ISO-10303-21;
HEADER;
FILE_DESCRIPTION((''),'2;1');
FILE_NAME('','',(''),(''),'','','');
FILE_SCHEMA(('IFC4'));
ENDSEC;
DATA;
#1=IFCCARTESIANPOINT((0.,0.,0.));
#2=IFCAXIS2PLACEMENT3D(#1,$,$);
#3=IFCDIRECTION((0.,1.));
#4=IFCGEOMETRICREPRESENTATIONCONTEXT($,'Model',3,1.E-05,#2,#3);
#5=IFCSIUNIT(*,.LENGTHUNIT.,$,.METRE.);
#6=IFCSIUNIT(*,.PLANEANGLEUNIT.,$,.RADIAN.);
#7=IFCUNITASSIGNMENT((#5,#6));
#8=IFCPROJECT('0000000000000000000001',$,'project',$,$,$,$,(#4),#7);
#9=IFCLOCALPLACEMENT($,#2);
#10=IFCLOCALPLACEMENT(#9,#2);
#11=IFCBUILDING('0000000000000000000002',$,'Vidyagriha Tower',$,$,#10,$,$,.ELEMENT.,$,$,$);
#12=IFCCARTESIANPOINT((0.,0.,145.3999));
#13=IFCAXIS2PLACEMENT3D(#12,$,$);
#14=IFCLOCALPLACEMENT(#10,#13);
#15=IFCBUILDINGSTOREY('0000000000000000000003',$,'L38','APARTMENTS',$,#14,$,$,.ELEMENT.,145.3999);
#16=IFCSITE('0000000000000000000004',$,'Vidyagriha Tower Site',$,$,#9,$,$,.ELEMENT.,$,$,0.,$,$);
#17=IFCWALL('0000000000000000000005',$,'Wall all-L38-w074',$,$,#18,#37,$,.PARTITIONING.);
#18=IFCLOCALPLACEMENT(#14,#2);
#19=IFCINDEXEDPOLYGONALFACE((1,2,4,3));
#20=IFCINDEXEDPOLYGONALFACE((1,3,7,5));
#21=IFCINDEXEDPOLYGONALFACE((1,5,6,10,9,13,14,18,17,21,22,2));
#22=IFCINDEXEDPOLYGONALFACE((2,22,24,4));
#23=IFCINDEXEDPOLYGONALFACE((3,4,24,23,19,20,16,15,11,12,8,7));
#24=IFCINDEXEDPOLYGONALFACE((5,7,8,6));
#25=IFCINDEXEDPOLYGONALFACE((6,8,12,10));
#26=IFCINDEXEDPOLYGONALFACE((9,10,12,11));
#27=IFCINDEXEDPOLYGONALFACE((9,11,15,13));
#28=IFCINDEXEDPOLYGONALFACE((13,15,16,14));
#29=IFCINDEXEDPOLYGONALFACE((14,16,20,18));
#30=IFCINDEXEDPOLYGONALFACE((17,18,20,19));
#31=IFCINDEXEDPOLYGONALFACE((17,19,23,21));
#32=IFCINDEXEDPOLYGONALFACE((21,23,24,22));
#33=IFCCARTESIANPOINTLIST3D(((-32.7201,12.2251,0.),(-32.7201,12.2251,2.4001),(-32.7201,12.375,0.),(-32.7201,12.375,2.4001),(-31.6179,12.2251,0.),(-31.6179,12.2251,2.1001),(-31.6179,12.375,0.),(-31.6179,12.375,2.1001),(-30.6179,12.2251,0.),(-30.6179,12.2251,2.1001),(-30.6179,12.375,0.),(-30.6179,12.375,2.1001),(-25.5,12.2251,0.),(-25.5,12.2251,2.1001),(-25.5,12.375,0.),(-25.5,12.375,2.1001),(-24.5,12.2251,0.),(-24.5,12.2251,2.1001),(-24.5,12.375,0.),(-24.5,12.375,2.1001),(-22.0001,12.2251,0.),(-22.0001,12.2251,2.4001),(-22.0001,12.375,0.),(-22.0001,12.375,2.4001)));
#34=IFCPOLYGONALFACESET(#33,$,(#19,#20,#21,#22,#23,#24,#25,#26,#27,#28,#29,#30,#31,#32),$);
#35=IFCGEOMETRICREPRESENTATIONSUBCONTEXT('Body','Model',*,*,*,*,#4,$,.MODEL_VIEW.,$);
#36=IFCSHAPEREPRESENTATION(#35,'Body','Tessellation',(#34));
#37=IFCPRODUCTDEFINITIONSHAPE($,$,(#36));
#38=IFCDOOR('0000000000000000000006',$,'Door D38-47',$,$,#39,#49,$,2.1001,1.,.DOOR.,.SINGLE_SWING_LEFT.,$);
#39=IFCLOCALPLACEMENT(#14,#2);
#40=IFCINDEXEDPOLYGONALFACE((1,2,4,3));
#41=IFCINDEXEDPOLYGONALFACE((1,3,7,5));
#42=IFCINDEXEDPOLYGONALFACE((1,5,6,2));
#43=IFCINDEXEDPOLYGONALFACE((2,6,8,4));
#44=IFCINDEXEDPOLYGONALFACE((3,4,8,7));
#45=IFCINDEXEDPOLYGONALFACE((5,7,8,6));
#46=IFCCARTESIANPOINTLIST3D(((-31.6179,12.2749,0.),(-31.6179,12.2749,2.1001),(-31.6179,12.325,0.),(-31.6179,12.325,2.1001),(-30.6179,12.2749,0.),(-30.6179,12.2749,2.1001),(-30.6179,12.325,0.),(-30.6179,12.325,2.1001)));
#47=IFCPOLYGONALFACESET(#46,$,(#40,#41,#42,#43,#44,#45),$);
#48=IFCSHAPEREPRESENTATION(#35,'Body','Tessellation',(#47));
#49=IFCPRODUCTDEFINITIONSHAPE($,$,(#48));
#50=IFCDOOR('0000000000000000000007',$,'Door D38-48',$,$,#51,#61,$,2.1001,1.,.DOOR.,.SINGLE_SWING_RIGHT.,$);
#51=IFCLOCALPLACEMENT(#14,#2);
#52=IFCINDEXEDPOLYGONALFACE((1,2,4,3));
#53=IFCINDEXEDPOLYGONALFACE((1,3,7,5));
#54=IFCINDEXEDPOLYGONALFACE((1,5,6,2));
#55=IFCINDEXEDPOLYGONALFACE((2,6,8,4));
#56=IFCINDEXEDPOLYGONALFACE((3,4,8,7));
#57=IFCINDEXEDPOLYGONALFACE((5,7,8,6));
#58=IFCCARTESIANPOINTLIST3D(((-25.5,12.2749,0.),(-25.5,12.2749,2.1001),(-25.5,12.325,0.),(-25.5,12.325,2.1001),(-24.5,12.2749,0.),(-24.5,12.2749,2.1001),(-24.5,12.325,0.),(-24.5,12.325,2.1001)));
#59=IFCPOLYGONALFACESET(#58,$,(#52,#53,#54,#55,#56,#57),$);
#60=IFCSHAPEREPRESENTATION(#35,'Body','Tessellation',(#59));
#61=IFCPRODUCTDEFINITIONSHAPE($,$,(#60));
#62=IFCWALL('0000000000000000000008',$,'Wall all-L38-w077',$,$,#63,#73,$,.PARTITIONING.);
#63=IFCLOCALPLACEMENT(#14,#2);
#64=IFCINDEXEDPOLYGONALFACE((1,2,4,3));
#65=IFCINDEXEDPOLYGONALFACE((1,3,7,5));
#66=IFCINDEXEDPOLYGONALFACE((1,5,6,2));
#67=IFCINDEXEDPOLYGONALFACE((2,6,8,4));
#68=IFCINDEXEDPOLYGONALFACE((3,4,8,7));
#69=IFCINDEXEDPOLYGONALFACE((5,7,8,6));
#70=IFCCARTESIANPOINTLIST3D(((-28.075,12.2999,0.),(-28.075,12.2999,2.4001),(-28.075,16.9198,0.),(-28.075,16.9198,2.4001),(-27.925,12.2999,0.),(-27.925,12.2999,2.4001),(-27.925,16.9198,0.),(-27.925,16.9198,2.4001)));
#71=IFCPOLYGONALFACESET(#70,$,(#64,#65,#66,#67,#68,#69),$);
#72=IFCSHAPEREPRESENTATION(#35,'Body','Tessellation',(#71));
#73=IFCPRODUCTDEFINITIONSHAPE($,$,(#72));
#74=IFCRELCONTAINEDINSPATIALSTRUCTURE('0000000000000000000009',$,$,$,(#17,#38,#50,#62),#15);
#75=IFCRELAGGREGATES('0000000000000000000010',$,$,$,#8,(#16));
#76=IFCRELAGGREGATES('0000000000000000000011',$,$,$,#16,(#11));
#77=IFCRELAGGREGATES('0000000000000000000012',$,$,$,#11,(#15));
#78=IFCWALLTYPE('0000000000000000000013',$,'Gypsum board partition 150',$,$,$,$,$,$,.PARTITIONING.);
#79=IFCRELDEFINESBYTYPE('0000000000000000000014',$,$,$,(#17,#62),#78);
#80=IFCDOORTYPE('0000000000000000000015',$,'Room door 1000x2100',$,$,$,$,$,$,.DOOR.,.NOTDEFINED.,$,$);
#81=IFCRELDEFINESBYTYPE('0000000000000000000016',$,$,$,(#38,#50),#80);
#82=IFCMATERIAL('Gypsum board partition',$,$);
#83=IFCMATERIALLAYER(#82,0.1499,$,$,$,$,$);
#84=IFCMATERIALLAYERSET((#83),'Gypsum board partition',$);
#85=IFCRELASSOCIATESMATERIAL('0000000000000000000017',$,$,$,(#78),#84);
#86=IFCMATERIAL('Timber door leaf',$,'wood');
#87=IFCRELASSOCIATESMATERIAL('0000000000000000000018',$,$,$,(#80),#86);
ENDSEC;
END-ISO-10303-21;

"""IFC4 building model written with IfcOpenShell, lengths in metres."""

from ifc_helpers import new_model, si_unit, direction, frame, frame_2d, origin, place, context, subcontext, project, spatial, rectangle, extrude, material, layer, layer_set, type_object, element, fill, save


model = new_model("IFC4")

# Units and contexts
model_context = context("Model", 3, precision=1e-05, world=origin(), true_north=direction((0.0, 1.0)))
body_context = subcontext(model_context, "Body", "Model", "MODEL_VIEW")
ifc_project = project(units=[si_unit("LENGTHUNIT", "METRE"), si_unit("PLANEANGLEUNIT", "RADIAN")], contexts=[model_context])

# Site, building, storey
site_placement = place(None, origin())
site = spatial("IfcSite", under=ifc_project, at=site_placement, Name="Vidyagriha Tower Site", CompositionType="ELEMENT", RefElevation=0.0)
building_placement = place(site_placement, origin())
building = spatial("IfcBuilding", under=site, at=building_placement, Name="Vidyagriha Tower", CompositionType="ELEMENT")
storey_placement = place(building_placement, frame((0.0, 0.0, 145.3999)))
storey = spatial("IfcBuildingStorey", under=building, at=storey_placement, Name="L38", Description="APARTMENTS", CompositionType="ELEMENT", Elevation=145.3999)

# Wall, openings, doors
ifc_material_1 = material(Name="Gypsum board partition")
ifc_layer_1 = layer(ifc_material_1, 0.1499)
ifc_layer_set_1 = layer_set([ifc_layer_1], Name="Gypsum board partition")
wall_type_1 = type_object("IfcWallType", Name="Gypsum board partition 150", PredefinedType="PARTITIONING", material=ifc_layer_set_1)
wall_1_placement = place(storey_placement, frame((-32.72, 12.3, 0.0)))
wall_1 = element("IfcWall", 1, at=wall_1_placement, inside=storey, type_object=wall_type_1, Name="Wall all-L38-w074", PredefinedType="PARTITIONING", context=body_context, shape_type="SweptSolid", body=[
    extrude(rectangle(XDim=10.72, YDim=0.1499, at=frame_2d((5.3599, 0.0))), origin(), (0.0, 0.0, 1.0), 2.4001),
])
opening_1_placement = place(wall_1_placement, frame((1.1021, 0.0, 0.0)))
opening_1 = element("IfcOpeningElement", 2, at=opening_1_placement, cuts=wall_1, PredefinedType="OPENING", context=body_context, shape_type="SweptSolid", body=[
    extrude(rectangle(XDim=1.0, YDim=2.1001, at=frame_2d((0.5, 1.05))), frame((0.0, 0.085, 0.0), z_axis=(0.0, -1.0, 0.0), x_axis=(1.0, 0.0, 0.0)), (0.0, 0.0, 1.0), 0.1699),
])
opening_2_placement = place(wall_1_placement, frame((7.22, 0.0, 0.0)))
opening_2 = element("IfcOpeningElement", 3, at=opening_2_placement, cuts=wall_1, PredefinedType="OPENING", context=body_context, shape_type="SweptSolid", body=[
    extrude(rectangle(XDim=1.0, YDim=2.1001, at=frame_2d((0.5, 1.05))), frame((0.0, 0.085, 0.0), z_axis=(0.0, -1.0, 0.0), x_axis=(1.0, 0.0, 0.0)), (0.0, 0.0, 1.0), 0.1699),
])
ifc_material_2 = material(Name="Timber door leaf", Category="wood")
door_type = type_object("IfcDoorType", Name="Room door 1000x2100", OperationType="NOTDEFINED", PredefinedType="DOOR", material=ifc_material_2)
door_1_placement = place(opening_1_placement, origin())
door_1 = element("IfcDoor", 4, at=door_1_placement, inside=storey, type_object=door_type, Name="Door D38-47", OperationType="SINGLE_SWING_LEFT", OverallHeight=2.1001, OverallWidth=1.0, PredefinedType="DOOR", context=body_context, shape_type="SweptSolid", body=[
    extrude(rectangle(XDim=1.0, YDim=2.1001, at=frame_2d((0.5, 1.05))), frame((0.0, 0.0249, 0.0), z_axis=(0.0, -1.0, 0.0), x_axis=(1.0, 0.0, 0.0)), (0.0, 0.0, 1.0), 0.05),
])
fill(opening_1, door_1)
door_2_placement = place(opening_2_placement, origin())
door_2 = element("IfcDoor", 5, at=door_2_placement, inside=storey, type_object=door_type, Name="Door D38-48", OperationType="SINGLE_SWING_RIGHT", OverallHeight=2.1001, OverallWidth=1.0, PredefinedType="DOOR", context=body_context, shape_type="SweptSolid", body=[
    extrude(rectangle(XDim=1.0, YDim=2.1001, at=frame_2d((0.5, 1.05))), frame((0.0, 0.0249, 0.0), z_axis=(0.0, -1.0, 0.0), x_axis=(1.0, 0.0, 0.0)), (0.0, 0.0, 1.0), 0.05),
])
fill(opening_2, door_2)

# Wall
wall_2_placement = place(storey_placement, frame((-28.0, 16.9199, 0.0), z_axis=(0.0, 0.0, 1.0), x_axis=(0.0, -1.0, 0.0)))
element("IfcWall", 6, at=wall_2_placement, inside=storey, type_object=wall_type_1, Name="Wall all-L38-w077", PredefinedType="PARTITIONING", context=body_context, shape_type="SweptSolid", body=[
    extrude(rectangle(XDim=4.6199, YDim=0.1499, at=frame_2d((2.3101, 0.0))), origin(), (0.0, 0.0, 1.0), 2.4001),
])

save(model, "model.ifc")
